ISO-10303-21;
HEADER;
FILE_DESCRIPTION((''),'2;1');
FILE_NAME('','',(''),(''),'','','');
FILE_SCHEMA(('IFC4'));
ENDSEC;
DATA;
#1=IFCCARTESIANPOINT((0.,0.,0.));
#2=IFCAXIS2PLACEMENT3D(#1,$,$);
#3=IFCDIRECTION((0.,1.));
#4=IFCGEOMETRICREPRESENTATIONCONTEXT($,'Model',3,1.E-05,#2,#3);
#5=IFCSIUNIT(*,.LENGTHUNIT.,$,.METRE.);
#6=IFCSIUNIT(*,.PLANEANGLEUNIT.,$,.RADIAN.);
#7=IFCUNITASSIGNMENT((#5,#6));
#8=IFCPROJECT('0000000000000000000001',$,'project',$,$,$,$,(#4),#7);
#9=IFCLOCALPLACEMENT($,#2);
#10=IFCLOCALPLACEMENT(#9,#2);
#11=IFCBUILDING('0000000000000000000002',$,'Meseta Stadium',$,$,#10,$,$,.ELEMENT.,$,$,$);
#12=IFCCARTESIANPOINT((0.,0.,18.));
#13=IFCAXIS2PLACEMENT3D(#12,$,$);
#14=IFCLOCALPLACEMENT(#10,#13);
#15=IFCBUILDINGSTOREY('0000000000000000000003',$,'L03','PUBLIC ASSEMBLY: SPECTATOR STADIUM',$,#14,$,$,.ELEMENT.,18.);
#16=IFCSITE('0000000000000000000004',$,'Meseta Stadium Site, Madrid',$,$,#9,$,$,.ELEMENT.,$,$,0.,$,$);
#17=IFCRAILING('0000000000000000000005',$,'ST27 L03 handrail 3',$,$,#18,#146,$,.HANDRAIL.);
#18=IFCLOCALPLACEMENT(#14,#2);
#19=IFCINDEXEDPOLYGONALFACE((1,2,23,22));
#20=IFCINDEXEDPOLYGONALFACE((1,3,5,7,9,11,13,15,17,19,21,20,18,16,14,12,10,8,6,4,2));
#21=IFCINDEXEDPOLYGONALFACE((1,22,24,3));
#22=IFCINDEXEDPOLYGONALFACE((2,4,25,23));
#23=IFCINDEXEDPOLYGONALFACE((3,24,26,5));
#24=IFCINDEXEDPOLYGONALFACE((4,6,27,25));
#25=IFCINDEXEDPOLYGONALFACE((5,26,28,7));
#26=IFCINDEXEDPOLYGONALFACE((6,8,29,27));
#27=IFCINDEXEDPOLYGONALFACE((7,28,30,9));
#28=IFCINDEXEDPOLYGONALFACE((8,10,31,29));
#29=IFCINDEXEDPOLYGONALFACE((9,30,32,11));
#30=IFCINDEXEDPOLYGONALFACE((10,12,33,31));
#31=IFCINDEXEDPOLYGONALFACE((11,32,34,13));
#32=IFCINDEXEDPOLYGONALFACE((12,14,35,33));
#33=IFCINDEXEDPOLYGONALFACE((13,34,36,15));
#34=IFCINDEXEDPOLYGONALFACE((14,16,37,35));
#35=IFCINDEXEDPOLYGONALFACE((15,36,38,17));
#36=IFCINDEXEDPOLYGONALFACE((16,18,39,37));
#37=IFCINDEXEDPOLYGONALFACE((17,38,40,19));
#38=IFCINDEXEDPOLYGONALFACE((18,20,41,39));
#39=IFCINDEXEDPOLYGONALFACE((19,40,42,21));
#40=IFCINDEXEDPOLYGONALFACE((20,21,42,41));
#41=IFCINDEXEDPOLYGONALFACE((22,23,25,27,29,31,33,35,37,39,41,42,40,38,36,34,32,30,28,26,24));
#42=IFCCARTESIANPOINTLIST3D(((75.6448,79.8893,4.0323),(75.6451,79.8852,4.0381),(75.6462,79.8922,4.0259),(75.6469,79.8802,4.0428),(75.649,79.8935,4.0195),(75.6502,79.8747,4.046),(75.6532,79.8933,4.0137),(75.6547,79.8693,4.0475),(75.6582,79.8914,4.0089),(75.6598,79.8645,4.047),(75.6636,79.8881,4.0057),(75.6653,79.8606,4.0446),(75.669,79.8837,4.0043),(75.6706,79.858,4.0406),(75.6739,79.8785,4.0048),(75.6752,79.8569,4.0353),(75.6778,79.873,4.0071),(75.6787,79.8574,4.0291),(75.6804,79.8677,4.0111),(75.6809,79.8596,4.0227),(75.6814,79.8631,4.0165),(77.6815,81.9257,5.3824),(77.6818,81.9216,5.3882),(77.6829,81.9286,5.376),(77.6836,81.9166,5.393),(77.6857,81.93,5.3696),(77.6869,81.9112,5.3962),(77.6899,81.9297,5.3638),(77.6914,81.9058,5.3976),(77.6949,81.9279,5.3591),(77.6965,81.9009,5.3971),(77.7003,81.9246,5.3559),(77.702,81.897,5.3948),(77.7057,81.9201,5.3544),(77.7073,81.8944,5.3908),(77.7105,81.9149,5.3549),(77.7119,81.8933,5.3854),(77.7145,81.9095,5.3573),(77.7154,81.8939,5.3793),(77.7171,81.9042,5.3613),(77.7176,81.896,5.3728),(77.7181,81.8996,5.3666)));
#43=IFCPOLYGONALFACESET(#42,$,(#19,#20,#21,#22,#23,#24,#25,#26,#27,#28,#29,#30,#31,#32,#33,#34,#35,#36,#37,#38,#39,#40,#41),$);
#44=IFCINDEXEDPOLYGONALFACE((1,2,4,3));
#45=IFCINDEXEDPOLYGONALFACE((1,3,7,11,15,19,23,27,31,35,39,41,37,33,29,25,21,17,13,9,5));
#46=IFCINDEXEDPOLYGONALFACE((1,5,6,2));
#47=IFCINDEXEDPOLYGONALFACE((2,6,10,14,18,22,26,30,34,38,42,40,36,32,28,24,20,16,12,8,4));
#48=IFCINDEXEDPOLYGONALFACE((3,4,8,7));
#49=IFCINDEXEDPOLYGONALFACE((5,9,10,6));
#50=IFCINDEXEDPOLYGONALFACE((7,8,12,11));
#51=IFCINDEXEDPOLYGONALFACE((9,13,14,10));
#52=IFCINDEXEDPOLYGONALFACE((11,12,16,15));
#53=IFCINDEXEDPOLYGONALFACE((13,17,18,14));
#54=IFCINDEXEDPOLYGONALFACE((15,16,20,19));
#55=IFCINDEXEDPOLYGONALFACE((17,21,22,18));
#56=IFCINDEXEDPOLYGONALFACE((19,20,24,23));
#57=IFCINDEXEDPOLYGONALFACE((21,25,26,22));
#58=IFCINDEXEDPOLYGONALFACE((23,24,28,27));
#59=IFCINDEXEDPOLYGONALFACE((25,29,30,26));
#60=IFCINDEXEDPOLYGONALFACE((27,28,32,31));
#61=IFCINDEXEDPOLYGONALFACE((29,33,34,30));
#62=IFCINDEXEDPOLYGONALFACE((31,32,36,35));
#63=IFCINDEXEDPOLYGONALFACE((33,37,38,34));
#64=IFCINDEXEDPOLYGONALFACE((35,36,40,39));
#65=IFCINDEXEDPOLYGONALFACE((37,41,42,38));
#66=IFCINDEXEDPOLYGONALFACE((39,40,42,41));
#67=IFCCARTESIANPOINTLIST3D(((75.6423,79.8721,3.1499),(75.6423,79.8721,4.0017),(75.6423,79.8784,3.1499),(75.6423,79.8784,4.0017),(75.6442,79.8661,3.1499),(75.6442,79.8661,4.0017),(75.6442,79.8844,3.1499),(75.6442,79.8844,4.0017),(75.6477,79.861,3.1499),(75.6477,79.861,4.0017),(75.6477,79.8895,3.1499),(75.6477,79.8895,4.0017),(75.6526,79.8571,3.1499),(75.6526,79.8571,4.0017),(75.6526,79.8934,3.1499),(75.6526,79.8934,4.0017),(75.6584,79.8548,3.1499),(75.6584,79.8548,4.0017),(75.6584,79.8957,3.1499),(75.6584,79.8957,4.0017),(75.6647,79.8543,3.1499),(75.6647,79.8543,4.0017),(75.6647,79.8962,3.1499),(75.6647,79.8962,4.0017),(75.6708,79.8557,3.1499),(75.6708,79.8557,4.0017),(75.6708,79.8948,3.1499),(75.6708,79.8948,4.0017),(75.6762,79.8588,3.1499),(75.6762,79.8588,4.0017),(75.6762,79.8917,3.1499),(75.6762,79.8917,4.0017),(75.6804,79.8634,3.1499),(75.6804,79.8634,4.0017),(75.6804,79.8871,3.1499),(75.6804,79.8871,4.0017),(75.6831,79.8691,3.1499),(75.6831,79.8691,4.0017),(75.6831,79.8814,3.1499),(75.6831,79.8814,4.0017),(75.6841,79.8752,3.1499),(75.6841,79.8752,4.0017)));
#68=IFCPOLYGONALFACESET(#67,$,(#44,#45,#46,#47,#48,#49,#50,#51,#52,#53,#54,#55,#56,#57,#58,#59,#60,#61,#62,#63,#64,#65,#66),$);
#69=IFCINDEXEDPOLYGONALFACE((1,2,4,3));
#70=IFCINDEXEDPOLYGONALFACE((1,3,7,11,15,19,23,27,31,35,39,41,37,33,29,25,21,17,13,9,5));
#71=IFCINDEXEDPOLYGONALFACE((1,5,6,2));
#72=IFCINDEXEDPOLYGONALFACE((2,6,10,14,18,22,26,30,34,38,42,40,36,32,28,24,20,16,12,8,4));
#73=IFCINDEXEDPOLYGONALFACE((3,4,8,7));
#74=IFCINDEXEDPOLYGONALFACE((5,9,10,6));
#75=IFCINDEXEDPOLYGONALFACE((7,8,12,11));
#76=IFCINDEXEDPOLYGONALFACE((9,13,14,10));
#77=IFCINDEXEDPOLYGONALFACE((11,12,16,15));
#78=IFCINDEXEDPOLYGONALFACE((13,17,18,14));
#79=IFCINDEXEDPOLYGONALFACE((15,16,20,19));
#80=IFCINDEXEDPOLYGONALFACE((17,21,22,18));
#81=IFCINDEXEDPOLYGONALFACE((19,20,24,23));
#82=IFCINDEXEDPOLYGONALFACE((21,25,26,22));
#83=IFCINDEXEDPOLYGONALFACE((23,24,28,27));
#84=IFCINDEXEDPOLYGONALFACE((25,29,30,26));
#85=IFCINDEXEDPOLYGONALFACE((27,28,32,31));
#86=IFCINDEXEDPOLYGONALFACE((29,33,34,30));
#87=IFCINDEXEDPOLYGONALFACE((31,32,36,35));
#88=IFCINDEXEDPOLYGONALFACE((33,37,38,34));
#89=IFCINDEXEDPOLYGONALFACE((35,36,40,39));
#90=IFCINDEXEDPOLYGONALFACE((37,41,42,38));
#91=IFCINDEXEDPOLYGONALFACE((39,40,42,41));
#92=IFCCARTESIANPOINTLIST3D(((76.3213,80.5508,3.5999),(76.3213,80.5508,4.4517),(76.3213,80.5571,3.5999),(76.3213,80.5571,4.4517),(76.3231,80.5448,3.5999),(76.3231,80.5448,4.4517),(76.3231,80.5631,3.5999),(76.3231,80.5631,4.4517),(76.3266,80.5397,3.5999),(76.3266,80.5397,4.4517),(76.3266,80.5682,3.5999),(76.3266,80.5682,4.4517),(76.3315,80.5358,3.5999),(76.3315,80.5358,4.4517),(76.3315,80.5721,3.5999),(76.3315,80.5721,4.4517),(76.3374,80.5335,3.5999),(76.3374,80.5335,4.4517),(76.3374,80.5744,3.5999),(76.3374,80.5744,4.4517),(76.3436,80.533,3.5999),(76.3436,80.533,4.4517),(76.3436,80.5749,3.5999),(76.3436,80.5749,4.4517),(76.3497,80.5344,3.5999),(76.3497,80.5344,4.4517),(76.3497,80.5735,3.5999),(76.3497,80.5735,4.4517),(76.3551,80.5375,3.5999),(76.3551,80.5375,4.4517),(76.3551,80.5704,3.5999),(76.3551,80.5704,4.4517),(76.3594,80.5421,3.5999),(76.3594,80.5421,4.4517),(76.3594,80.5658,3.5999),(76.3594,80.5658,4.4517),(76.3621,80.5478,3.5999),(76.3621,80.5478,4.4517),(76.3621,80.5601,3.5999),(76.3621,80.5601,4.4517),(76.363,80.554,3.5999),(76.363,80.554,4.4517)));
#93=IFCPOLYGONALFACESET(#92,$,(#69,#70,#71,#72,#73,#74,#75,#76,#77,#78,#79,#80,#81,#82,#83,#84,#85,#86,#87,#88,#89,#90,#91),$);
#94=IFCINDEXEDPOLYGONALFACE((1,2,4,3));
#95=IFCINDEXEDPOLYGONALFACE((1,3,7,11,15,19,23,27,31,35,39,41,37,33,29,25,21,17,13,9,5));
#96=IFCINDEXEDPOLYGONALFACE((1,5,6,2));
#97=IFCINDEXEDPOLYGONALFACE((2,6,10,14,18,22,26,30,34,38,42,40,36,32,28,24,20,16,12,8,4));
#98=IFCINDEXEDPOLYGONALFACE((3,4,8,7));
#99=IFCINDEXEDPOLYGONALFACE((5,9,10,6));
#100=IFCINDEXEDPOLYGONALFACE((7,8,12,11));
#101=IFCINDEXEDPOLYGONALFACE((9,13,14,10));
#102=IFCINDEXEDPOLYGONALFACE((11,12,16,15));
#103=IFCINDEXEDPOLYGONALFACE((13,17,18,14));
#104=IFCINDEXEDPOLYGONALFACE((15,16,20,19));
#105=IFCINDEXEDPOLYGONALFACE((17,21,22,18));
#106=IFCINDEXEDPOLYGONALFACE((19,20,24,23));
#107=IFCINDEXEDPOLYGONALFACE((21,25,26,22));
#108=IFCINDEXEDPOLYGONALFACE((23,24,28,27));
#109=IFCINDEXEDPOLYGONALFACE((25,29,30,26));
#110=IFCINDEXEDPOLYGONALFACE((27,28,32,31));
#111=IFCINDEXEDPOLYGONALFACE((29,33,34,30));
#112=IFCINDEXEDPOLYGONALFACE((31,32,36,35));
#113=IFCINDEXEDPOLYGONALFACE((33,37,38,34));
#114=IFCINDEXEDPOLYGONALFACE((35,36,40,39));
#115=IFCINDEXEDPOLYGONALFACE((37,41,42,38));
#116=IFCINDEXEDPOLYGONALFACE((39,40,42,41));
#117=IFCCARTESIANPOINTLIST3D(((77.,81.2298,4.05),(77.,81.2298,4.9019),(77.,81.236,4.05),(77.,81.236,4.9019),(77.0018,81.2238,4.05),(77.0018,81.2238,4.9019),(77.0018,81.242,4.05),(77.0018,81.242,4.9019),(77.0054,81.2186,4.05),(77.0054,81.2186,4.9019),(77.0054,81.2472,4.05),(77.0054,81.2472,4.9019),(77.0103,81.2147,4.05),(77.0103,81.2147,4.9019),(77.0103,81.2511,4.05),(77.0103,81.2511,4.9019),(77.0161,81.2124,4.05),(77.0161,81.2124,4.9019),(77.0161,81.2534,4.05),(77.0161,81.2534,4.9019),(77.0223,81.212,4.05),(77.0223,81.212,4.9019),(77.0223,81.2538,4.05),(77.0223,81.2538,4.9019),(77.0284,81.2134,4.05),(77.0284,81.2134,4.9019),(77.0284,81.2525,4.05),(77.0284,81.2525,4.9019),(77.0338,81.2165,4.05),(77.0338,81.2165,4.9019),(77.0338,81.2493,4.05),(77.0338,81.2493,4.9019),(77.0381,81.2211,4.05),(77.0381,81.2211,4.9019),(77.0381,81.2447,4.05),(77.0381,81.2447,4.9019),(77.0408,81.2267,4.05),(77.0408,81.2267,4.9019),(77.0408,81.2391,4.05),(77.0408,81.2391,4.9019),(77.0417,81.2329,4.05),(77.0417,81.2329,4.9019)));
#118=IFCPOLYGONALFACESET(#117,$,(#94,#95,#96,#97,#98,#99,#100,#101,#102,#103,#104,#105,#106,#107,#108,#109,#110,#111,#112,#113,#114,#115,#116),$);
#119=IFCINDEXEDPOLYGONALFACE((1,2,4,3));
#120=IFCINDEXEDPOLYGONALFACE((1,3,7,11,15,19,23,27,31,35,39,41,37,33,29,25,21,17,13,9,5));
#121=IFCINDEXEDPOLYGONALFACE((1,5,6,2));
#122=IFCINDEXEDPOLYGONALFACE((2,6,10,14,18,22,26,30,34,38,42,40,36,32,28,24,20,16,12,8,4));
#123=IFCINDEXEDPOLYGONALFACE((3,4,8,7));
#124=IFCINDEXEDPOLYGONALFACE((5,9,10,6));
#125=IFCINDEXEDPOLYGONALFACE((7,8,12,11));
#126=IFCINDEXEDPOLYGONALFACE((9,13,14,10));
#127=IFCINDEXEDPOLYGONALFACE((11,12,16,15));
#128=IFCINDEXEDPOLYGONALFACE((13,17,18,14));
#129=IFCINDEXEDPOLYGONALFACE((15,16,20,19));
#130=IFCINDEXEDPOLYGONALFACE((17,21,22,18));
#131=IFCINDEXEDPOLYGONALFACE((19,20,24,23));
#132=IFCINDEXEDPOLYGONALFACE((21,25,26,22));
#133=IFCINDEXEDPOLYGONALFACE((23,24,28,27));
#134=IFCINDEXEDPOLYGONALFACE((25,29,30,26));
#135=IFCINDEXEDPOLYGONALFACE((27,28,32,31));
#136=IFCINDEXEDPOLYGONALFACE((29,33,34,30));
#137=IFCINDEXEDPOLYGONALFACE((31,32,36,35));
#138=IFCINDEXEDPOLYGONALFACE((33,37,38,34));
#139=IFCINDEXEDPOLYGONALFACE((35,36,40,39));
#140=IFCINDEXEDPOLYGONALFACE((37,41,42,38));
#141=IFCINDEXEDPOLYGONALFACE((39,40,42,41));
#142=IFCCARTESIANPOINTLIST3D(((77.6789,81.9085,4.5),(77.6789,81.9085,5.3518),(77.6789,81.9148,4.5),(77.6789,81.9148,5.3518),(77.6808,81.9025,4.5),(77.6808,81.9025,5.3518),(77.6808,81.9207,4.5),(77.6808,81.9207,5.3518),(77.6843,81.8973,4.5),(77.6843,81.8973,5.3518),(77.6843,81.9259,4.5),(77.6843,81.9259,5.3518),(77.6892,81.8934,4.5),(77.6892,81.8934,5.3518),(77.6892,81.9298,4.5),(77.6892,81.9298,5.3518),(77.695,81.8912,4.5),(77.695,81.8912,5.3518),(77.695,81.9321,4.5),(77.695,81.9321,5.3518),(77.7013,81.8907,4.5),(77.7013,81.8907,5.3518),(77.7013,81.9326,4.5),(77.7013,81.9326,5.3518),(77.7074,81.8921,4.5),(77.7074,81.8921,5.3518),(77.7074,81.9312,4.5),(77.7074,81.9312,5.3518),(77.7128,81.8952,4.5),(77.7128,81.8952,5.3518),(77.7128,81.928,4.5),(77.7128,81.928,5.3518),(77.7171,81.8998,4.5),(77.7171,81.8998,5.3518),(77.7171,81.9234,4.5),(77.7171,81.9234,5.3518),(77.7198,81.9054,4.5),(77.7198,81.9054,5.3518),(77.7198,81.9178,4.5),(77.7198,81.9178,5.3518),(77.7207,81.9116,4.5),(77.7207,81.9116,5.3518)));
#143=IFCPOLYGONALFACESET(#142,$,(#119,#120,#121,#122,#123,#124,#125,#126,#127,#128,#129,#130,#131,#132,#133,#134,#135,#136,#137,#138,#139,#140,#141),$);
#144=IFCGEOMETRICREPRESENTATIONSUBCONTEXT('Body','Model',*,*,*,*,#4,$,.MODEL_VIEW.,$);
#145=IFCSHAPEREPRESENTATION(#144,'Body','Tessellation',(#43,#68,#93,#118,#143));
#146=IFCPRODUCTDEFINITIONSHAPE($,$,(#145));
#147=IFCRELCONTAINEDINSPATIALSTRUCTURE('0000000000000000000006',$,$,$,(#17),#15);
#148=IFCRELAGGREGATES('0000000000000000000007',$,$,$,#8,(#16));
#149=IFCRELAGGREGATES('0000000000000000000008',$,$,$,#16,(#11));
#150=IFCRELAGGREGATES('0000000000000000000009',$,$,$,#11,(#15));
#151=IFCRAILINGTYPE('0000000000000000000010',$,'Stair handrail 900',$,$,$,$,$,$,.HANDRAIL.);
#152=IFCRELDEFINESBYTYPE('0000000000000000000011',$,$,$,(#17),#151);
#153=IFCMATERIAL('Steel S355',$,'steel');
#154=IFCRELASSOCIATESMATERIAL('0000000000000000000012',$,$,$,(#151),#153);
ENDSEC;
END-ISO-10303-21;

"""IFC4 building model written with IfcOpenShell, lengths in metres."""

from ifc_helpers import new_model, si_unit, direction, frame, origin, origin_2d, place, context, subcontext, project, spatial, circle, extrude, material, type_object, element, save


model = new_model("IFC4")

# Units and contexts
model_context = context("Model", 3, precision=1e-05, world=origin(), true_north=direction((0.0, 1.0)))
body_context = subcontext(model_context, "Body", "Model", "MODEL_VIEW")
ifc_project = project(units=[si_unit("LENGTHUNIT", "METRE"), si_unit("PLANEANGLEUNIT", "RADIAN")], contexts=[model_context])

# Site, building, storey
site_placement = place(None, origin())
site = spatial("IfcSite", under=ifc_project, at=site_placement, Name="Meseta Stadium Site, Madrid", CompositionType="ELEMENT", RefElevation=0.0)
building_placement = place(site_placement, origin())
building = spatial("IfcBuilding", under=site, at=building_placement, Name="Meseta Stadium", CompositionType="ELEMENT")
storey_placement = place(building_placement, frame((0.0, 0.0, 18.0)))
storey = spatial("IfcBuildingStorey", under=building, at=storey_placement, Name="L03", Description="PUBLIC ASSEMBLY: SPECTATOR STADIUM", CompositionType="ELEMENT", Elevation=18.0)

# Railing
ifc_material_1 = material(Name="Steel S355", Category="steel")
railing_type_1 = type_object("IfcRailingType", Name="Stair handrail 900", PredefinedType="HANDRAIL", material=ifc_material_1)
for number, where, name in (
    (1, (75.6631, 79.8752, 3.1499), "ST27 L03 handrail 3"),
):
    element("IfcRailing", number, at=place(storey_placement, frame(where)), inside=storey, type_object=railing_type_1, Name=name, PredefinedType="HANDRAIL", context=body_context, shape_type="SweptSolid", body=[
        extrude(circle(Radius=0.0239, at=origin_2d()), frame((0.0, 0.0, 0.876), z_axis=(0.640288, 0.640211, 0.424454), x_axis=(-0.707064, 0.707149, 0.0)), (0.0, 0.0, 1.0), 3.1809),
        extrude(circle(Radius=0.021, at=origin_2d()), origin(), (0.0, 0.0, 1.0), 0.8518),
        extrude(circle(Radius=0.021, at=origin_2d()), frame((0.679, 0.6787, 0.45)), (0.0, 0.0, 1.0), 0.8518),
        extrude(circle(Radius=0.021, at=origin_2d()), frame((1.3577, 1.3577, 0.9001)), (0.0, 0.0, 1.0), 0.8518),
        extrude(circle(Radius=0.021, at=origin_2d()), frame((2.0366, 2.0364, 1.3501)), (0.0, 0.0, 1.0), 0.8518),
    ])

save(model, "model.ifc")
